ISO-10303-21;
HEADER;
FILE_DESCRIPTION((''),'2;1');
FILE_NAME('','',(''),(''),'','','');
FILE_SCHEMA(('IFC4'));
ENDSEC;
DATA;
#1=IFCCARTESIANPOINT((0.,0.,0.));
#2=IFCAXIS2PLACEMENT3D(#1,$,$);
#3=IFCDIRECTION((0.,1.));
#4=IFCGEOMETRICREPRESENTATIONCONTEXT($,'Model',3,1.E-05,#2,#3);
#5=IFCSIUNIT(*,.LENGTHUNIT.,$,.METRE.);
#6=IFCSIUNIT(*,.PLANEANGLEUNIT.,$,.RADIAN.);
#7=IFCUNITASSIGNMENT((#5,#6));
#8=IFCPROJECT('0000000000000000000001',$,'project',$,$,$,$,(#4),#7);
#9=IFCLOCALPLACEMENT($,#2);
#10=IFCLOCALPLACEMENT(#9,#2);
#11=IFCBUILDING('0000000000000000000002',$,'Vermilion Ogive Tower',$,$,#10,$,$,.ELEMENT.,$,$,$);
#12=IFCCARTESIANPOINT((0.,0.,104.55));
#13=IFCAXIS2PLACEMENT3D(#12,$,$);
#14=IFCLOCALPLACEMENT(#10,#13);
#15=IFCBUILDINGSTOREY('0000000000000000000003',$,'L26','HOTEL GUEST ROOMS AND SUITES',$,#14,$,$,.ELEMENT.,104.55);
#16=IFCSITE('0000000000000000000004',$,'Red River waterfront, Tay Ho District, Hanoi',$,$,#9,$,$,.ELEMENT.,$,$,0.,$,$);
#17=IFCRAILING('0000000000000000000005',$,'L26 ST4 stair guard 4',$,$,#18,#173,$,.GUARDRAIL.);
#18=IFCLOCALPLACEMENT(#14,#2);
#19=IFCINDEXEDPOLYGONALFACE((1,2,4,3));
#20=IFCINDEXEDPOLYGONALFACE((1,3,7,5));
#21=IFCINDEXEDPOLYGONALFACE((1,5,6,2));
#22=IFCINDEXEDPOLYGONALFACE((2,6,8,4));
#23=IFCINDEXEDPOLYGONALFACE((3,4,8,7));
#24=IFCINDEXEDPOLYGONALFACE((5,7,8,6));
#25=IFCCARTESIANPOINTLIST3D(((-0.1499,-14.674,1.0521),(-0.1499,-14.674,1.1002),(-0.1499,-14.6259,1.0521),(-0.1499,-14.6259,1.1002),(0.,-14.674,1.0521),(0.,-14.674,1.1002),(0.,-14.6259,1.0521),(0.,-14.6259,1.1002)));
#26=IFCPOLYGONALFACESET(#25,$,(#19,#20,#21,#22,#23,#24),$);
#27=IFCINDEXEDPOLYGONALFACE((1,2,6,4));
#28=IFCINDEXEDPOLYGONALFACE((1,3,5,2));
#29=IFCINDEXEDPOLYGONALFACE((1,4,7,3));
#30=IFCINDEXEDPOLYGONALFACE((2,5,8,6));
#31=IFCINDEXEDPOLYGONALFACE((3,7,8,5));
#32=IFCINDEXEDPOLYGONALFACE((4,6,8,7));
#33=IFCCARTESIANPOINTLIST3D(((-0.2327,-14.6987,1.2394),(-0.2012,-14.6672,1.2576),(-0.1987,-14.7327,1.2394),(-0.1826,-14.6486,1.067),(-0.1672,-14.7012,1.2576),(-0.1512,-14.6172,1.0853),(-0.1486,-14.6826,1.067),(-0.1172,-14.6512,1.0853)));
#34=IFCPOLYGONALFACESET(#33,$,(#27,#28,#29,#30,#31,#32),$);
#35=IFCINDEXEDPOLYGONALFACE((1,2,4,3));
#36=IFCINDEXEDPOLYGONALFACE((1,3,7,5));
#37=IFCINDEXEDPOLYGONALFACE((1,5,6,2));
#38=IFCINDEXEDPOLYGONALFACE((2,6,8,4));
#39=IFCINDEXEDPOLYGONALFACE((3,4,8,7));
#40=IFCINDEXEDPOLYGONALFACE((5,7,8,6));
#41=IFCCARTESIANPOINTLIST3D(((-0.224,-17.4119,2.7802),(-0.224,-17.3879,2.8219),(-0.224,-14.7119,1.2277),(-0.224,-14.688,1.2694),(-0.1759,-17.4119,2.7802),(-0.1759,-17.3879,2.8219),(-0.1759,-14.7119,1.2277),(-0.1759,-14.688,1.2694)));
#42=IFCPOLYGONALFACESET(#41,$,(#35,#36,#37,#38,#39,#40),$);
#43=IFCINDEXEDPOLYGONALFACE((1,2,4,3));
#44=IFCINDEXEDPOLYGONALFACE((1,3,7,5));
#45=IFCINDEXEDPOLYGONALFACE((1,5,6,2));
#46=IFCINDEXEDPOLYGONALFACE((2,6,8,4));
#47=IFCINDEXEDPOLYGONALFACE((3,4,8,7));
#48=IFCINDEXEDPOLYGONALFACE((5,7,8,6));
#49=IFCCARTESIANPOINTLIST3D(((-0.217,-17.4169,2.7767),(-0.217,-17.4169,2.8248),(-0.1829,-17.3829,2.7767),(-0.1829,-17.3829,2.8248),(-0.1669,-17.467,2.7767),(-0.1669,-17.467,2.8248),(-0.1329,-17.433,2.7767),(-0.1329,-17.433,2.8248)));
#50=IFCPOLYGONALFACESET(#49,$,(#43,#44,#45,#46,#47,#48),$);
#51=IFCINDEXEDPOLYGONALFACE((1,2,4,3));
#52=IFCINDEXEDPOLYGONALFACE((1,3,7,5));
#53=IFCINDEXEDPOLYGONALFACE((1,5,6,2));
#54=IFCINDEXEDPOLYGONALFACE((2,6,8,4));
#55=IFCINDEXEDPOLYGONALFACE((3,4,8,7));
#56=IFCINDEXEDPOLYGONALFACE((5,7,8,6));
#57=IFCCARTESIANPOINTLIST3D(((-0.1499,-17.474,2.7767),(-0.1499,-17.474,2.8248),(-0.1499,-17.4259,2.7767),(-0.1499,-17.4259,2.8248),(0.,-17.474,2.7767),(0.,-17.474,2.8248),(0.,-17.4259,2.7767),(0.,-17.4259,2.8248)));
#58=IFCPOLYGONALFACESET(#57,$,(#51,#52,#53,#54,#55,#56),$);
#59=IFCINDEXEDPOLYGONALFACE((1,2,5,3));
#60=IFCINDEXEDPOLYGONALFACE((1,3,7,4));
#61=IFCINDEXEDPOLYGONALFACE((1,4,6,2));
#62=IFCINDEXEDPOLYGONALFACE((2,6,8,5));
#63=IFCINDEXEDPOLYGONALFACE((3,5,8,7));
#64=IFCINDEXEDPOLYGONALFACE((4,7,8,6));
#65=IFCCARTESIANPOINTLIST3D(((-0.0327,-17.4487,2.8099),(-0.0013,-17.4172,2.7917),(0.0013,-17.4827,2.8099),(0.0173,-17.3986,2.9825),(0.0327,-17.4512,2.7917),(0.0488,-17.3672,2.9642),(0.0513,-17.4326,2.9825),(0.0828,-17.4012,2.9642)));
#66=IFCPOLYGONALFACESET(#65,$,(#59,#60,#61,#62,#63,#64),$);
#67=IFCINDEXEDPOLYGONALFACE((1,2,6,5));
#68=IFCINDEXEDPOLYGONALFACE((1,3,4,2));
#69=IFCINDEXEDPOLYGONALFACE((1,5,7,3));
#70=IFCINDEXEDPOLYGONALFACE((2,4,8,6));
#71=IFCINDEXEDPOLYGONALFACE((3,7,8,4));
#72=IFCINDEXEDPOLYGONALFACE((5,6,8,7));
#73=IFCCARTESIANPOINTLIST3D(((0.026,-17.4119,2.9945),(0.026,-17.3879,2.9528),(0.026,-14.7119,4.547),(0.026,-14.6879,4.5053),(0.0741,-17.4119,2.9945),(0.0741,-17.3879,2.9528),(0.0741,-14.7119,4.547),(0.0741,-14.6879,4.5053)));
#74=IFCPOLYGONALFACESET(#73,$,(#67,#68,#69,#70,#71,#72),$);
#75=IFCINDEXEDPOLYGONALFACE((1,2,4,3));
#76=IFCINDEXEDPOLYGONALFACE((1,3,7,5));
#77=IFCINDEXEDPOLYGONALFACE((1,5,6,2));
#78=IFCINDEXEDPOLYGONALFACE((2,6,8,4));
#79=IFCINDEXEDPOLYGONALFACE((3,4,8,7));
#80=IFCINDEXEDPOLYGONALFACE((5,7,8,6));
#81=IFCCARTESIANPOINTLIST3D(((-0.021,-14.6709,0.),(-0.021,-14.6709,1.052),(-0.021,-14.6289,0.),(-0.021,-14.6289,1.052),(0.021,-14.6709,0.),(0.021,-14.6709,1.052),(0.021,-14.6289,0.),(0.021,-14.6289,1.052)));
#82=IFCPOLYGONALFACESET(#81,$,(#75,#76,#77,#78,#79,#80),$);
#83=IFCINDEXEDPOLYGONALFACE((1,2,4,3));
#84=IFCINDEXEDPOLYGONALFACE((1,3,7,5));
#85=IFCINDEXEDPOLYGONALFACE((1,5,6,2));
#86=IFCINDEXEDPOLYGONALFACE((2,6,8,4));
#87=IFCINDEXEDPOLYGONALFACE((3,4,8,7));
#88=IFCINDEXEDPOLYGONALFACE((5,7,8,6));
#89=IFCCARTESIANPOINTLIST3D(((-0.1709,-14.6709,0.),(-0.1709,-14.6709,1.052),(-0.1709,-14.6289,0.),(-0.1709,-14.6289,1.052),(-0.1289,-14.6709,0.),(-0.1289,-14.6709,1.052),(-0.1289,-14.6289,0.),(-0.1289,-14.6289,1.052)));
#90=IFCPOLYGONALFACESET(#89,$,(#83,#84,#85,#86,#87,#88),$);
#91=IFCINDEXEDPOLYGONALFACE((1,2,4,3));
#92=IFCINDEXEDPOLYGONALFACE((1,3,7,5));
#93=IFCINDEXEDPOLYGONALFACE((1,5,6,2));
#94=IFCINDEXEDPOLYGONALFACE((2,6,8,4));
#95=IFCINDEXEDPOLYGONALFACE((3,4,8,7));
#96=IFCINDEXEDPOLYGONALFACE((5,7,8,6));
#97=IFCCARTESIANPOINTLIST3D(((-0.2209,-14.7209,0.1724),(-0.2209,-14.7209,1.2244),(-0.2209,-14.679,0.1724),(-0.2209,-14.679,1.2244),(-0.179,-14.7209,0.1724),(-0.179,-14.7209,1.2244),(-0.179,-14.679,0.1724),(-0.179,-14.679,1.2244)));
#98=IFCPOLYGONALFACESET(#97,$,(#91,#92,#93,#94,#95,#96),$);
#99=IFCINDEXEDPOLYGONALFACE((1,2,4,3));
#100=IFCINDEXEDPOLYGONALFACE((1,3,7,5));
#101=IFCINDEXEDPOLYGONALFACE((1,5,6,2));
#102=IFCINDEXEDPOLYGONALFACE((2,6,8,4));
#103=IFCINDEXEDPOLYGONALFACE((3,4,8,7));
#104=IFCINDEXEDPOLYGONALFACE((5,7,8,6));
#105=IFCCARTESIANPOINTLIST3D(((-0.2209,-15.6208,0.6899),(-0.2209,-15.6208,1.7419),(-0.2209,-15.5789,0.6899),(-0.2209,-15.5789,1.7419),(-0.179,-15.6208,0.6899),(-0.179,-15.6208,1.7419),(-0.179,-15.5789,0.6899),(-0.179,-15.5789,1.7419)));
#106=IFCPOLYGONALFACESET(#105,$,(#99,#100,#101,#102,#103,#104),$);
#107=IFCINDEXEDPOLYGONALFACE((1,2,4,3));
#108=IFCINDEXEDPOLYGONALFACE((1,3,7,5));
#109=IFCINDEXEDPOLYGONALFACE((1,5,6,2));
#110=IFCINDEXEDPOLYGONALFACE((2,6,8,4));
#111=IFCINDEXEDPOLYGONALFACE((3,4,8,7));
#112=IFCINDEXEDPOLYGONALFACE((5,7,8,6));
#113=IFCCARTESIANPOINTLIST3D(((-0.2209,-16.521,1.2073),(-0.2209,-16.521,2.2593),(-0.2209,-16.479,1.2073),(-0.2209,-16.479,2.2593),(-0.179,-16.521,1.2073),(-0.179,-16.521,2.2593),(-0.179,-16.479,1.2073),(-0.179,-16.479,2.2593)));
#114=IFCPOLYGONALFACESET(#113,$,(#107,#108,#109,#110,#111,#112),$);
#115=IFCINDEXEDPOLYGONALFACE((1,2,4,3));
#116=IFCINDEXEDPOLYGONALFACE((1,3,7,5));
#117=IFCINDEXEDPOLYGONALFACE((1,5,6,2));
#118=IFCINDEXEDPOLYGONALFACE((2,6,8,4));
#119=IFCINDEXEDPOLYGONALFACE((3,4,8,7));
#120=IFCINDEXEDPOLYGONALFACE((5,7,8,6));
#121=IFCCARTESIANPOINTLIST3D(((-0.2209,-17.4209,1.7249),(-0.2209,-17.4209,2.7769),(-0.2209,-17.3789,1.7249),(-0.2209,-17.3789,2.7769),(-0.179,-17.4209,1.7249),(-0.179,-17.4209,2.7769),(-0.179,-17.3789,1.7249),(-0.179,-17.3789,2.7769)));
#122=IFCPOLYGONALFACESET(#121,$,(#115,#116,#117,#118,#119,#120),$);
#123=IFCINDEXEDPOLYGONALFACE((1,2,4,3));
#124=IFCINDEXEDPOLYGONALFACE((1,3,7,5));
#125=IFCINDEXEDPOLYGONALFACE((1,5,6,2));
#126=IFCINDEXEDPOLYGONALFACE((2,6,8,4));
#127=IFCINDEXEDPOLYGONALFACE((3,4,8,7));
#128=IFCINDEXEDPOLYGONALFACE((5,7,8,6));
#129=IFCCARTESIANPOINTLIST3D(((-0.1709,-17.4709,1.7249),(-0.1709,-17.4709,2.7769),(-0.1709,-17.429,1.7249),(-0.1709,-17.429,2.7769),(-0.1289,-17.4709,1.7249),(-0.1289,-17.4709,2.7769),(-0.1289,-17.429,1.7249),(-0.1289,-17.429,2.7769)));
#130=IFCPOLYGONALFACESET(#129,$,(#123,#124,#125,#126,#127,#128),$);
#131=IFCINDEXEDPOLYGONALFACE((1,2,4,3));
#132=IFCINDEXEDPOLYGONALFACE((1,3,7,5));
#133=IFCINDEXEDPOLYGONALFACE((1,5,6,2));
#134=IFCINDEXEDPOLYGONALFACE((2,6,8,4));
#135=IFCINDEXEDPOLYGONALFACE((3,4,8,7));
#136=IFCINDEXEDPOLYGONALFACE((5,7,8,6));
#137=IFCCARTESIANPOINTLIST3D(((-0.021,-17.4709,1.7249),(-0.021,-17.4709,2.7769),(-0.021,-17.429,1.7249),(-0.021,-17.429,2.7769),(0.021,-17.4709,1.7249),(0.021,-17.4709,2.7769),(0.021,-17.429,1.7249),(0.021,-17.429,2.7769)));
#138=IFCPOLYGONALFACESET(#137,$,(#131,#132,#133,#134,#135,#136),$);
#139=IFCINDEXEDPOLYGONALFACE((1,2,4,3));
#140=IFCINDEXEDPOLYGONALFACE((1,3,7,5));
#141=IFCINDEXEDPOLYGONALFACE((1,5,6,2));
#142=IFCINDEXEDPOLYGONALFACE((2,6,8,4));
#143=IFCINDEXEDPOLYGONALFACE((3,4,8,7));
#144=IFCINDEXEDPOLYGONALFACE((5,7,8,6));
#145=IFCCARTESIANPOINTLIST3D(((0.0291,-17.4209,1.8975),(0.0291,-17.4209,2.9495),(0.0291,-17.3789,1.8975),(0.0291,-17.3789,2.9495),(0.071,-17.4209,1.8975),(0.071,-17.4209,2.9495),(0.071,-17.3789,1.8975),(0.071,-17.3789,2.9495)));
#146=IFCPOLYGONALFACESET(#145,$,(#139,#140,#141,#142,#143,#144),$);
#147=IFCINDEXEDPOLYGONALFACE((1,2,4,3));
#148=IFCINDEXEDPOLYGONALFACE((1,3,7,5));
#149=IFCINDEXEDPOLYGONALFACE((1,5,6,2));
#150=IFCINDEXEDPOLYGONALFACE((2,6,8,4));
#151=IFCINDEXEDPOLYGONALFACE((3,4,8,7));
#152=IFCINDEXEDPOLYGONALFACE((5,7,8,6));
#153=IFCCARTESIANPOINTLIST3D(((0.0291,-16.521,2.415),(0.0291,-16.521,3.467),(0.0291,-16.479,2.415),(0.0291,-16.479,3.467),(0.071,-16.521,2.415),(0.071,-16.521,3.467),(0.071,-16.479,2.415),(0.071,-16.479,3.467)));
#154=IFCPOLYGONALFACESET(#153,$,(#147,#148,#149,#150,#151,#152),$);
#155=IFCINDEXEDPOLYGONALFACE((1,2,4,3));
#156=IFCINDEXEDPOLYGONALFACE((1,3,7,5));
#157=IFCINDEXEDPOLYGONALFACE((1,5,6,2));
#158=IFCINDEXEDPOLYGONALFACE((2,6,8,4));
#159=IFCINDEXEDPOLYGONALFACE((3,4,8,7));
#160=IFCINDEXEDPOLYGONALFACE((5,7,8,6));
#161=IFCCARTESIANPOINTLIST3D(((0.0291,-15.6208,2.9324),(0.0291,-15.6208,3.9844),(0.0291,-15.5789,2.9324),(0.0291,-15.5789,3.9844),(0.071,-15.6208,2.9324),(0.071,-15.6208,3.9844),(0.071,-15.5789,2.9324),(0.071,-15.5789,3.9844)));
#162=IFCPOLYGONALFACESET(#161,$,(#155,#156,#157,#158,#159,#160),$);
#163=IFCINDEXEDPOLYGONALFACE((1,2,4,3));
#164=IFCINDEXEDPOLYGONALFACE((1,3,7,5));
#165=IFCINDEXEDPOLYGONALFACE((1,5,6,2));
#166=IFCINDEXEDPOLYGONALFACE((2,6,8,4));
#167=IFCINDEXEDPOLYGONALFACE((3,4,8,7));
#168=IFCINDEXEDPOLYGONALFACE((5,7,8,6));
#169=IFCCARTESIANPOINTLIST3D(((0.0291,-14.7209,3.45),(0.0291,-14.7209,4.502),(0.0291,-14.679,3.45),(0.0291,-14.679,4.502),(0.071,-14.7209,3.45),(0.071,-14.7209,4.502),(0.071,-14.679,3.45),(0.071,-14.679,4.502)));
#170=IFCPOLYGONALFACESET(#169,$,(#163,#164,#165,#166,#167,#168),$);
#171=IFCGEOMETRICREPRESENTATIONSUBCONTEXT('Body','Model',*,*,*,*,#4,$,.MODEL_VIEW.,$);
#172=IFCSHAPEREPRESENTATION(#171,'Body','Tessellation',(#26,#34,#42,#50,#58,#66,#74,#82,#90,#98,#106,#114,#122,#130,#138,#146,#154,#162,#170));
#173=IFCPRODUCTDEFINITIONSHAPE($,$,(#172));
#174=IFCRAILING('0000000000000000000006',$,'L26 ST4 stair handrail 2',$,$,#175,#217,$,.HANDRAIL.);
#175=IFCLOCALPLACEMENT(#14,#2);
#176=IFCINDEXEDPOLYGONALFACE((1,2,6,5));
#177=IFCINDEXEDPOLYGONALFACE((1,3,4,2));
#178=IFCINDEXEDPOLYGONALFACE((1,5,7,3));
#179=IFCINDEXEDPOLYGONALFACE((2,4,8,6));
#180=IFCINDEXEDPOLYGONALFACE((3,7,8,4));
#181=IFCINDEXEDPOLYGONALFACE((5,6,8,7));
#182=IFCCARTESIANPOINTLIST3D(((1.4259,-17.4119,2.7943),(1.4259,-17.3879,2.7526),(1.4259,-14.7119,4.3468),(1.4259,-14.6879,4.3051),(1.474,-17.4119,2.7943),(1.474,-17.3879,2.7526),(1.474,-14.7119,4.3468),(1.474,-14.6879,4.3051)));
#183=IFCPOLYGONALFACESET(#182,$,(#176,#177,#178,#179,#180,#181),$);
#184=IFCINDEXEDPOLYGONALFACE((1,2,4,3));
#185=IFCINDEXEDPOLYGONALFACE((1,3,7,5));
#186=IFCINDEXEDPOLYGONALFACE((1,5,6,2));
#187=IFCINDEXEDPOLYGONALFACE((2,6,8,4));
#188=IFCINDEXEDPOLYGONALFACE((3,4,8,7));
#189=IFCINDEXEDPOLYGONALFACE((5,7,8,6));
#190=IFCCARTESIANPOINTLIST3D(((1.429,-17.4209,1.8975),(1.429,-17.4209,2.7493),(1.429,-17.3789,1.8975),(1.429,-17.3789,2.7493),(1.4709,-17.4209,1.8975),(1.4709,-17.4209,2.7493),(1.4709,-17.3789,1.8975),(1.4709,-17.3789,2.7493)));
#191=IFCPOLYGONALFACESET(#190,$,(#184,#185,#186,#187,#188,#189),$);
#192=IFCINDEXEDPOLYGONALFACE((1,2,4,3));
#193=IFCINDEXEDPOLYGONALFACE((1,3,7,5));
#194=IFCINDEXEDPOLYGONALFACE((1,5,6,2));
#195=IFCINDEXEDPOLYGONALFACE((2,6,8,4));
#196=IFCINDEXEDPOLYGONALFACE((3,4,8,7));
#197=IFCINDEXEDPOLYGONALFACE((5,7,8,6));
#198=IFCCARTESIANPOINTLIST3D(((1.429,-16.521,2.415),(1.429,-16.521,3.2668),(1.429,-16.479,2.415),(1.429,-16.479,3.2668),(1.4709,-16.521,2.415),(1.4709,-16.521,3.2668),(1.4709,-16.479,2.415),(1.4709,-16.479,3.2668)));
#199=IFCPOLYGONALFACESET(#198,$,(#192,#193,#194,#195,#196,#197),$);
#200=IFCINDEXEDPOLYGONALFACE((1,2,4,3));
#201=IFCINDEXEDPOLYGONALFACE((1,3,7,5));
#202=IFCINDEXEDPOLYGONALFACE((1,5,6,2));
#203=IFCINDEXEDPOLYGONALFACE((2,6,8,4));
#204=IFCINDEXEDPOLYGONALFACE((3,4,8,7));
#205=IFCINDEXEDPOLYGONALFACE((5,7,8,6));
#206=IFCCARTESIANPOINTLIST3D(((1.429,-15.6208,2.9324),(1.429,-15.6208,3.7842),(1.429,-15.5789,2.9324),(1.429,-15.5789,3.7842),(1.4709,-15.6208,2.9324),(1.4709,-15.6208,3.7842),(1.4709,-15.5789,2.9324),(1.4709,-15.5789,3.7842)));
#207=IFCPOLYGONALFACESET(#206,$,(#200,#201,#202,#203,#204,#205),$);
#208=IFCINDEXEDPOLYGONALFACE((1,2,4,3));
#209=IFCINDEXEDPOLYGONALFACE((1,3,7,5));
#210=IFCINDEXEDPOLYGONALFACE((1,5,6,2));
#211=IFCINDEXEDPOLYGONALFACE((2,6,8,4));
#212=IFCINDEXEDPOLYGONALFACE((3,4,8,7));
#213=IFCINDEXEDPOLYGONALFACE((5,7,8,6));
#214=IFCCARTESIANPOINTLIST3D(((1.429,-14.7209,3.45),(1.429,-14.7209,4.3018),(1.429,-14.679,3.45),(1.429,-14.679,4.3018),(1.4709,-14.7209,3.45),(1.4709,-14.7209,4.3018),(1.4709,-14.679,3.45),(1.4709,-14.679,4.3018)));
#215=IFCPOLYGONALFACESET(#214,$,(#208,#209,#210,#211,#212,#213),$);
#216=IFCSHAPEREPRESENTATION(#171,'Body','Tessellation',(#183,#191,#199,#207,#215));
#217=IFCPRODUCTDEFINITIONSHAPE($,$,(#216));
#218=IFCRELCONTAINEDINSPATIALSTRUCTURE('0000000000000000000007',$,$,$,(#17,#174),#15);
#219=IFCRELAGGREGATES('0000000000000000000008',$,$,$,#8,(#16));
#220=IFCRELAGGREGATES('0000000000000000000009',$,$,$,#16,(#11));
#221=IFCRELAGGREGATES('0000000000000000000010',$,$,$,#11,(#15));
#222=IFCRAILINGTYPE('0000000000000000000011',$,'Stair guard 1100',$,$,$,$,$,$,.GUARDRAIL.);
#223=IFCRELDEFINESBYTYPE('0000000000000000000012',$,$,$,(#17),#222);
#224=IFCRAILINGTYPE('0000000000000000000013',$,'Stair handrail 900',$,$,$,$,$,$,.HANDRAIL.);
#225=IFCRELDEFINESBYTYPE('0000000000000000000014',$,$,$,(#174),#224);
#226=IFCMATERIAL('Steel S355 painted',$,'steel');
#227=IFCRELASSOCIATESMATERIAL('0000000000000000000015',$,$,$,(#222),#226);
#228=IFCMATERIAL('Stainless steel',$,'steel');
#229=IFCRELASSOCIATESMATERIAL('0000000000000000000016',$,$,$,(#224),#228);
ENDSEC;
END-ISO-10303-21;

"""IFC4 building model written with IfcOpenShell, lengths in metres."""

from ifc_helpers import new_model, si_unit, direction, frame, origin, origin_2d, place, context, subcontext, project, spatial, rectangle, extrude, material, type_object, element, save


model = new_model("IFC4")

# Units and contexts
model_context = context("Model", 3, precision=1e-05, world=origin(), true_north=direction((0.0, 1.0)))
body_context = subcontext(model_context, "Body", "Model", "MODEL_VIEW")
ifc_project = project(units=[si_unit("LENGTHUNIT", "METRE"), si_unit("PLANEANGLEUNIT", "RADIAN")], contexts=[model_context])

# Site, building, storey
site_placement = place(None, origin())
site = spatial("IfcSite", under=ifc_project, at=site_placement, Name="Red River waterfront, Tay Ho District, Hanoi", CompositionType="ELEMENT", RefElevation=0.0)
building_placement = place(site_placement, origin())
building = spatial("IfcBuilding", under=site, at=building_placement, Name="Vermilion Ogive Tower", CompositionType="ELEMENT")
storey_placement = place(building_placement, frame((0.0, 0.0, 104.55)))
storey = spatial("IfcBuildingStorey", under=building, at=storey_placement, Name="L26", Description="HOTEL GUEST ROOMS AND SUITES", CompositionType="ELEMENT", Elevation=104.55)

# Railings
ifc_material_1 = material(Name="Steel S355 painted", Category="steel")
railing_type_1 = type_object("IfcRailingType", Name="Stair guard 1100", PredefinedType="GUARDRAIL", material=ifc_material_1)
railing_1_placement = place(storey_placement, frame((0.0, -14.6499, 0.0)))
element("IfcRailing", 1, at=railing_1_placement, inside=storey, type_object=railing_type_1, Name="L26 ST4 stair guard 4", PredefinedType="GUARDRAIL", context=body_context, shape_type="SweptSolid", body=[
    extrude(rectangle(XDim=0.0481, YDim=0.0481, at=origin_2d()), frame((0.0, 0.0, 1.0762), z_axis=(-1.0, 0.0, 0.0), x_axis=(0.0, -1.0, 0.0)), (0.0, 0.0, 1.0), 0.1499),
    extrude(rectangle(XDim=0.0481, YDim=0.0481, at=origin_2d()), frame((-0.1499, 0.0, 1.0762), z_axis=(-0.268603, -0.268603, 0.925043), x_axis=(0.707107, -0.707107, 0.0)), (0.0, 0.0, 1.0), 0.1863),
    extrude(rectangle(XDim=0.0481, YDim=0.0481, at=origin_2d()), frame((-0.2, -0.05, 1.2485), z_axis=(0.0, -0.866904, 0.498476), x_axis=(1.0, 0.0, 0.0)), (0.0, 0.0, 1.0), 3.1145),
    extrude(rectangle(XDim=0.0481, YDim=0.0481, at=origin_2d()), frame((-0.2, -2.75, 2.8008), z_axis=(0.707107, -0.707107, 0.0), x_axis=(0.707107, 0.707107, 0.0)), (0.0, 0.0, 1.0), 0.0708),
    extrude(rectangle(XDim=0.0481, YDim=0.0481, at=origin_2d()), frame((-0.1499, -2.8, 2.8008), z_axis=(1.0, 0.0, 0.0), x_axis=(0.0, 1.0, 0.0)), (0.0, 0.0, 1.0), 0.1499),
    extrude(rectangle(XDim=0.0481, YDim=0.0481, at=origin_2d()), frame((0.0, -2.8, 2.8008), z_axis=(0.268278, 0.268278, 0.925232), x_axis=(-0.707107, 0.707107, 0.0)), (0.0, 0.0, 1.0), 0.1865),
    extrude(rectangle(XDim=0.0481, YDim=0.0481, at=origin_2d()), frame((0.05, -2.75, 2.9736), z_axis=(0.0, 0.866904, 0.498476), x_axis=(-1.0, 0.0, 0.0)), (0.0, 0.0, 1.0), 3.1145),
    extrude(rectangle(XDim=0.042, YDim=0.042, at=origin_2d()), origin(), (0.0, 0.0, 1.0), 1.052),
    extrude(rectangle(XDim=0.042, YDim=0.042, at=origin_2d()), frame((-0.1499, 0.0, 0.0)), (0.0, 0.0, 1.0), 1.052),
    extrude(rectangle(XDim=0.042, YDim=0.042, at=origin_2d()), frame((-0.2, -0.05, 0.1724)), (0.0, 0.0, 1.0), 1.052),
    extrude(rectangle(XDim=0.042, YDim=0.042, at=origin_2d()), frame((-0.2, -0.95, 0.6899)), (0.0, 0.0, 1.0), 1.052),
    extrude(rectangle(XDim=0.042, YDim=0.042, at=origin_2d()), frame((-0.2, -1.8501, 1.2073)), (0.0, 0.0, 1.0), 1.052),
    extrude(rectangle(XDim=0.042, YDim=0.042, at=origin_2d()), frame((-0.2, -2.75, 1.7249)), (0.0, 0.0, 1.0), 1.052),
    extrude(rectangle(XDim=0.042, YDim=0.042, at=origin_2d()), frame((-0.1499, -2.8, 1.7249)), (0.0, 0.0, 1.0), 1.052),
    extrude(rectangle(XDim=0.042, YDim=0.042, at=origin_2d()), frame((0.0, -2.8, 1.7249)), (0.0, 0.0, 1.0), 1.052),
    extrude(rectangle(XDim=0.042, YDim=0.042, at=origin_2d()), frame((0.05, -2.75, 1.8975)), (0.0, 0.0, 1.0), 1.052),
    extrude(rectangle(XDim=0.042, YDim=0.042, at=origin_2d()), frame((0.05, -1.8501, 2.415)), (0.0, 0.0, 1.0), 1.052),
    extrude(rectangle(XDim=0.042, YDim=0.042, at=origin_2d()), frame((0.05, -0.95, 2.9324)), (0.0, 0.0, 1.0), 1.052),
    extrude(rectangle(XDim=0.042, YDim=0.042, at=origin_2d()), frame((0.05, -0.05, 3.45)), (0.0, 0.0, 1.0), 1.052),
])
ifc_material_2 = material(Name="Stainless steel", Category="steel")
railing_type_2 = type_object("IfcRailingType", Name="Stair handrail 900", PredefinedType="HANDRAIL", material=ifc_material_2)
railing_2_placement = place(storey_placement, frame((1.45, -17.3999, 1.8975)))
element("IfcRailing", 2, at=railing_2_placement, inside=storey, type_object=railing_type_2, Name="L26 ST4 stair handrail 2", PredefinedType="HANDRAIL", context=body_context, shape_type="SweptSolid", body=[
    extrude(rectangle(XDim=0.0481, YDim=0.0481, at=origin_2d()), frame((0.0, 0.0, 0.876), z_axis=(0.0, 0.866904, 0.498476), x_axis=(-1.0, 0.0, 0.0)), (0.0, 0.0, 1.0), 3.1145),
    extrude(rectangle(XDim=0.042, YDim=0.042, at=origin_2d()), origin(), (0.0, 0.0, 1.0), 0.8518),
    extrude(rectangle(XDim=0.042, YDim=0.042, at=origin_2d()), frame((0.0, 0.8999, 0.5176)), (0.0, 0.0, 1.0), 0.8518),
    extrude(rectangle(XDim=0.042, YDim=0.042, at=origin_2d()), frame((0.0, 1.8, 1.0349)), (0.0, 0.0, 1.0), 0.8518),
    extrude(rectangle(XDim=0.042, YDim=0.042, at=origin_2d()), frame((0.0, 2.7, 1.5525)), (0.0, 0.0, 1.0), 0.8518),
])

save(model, "model.ifc")
